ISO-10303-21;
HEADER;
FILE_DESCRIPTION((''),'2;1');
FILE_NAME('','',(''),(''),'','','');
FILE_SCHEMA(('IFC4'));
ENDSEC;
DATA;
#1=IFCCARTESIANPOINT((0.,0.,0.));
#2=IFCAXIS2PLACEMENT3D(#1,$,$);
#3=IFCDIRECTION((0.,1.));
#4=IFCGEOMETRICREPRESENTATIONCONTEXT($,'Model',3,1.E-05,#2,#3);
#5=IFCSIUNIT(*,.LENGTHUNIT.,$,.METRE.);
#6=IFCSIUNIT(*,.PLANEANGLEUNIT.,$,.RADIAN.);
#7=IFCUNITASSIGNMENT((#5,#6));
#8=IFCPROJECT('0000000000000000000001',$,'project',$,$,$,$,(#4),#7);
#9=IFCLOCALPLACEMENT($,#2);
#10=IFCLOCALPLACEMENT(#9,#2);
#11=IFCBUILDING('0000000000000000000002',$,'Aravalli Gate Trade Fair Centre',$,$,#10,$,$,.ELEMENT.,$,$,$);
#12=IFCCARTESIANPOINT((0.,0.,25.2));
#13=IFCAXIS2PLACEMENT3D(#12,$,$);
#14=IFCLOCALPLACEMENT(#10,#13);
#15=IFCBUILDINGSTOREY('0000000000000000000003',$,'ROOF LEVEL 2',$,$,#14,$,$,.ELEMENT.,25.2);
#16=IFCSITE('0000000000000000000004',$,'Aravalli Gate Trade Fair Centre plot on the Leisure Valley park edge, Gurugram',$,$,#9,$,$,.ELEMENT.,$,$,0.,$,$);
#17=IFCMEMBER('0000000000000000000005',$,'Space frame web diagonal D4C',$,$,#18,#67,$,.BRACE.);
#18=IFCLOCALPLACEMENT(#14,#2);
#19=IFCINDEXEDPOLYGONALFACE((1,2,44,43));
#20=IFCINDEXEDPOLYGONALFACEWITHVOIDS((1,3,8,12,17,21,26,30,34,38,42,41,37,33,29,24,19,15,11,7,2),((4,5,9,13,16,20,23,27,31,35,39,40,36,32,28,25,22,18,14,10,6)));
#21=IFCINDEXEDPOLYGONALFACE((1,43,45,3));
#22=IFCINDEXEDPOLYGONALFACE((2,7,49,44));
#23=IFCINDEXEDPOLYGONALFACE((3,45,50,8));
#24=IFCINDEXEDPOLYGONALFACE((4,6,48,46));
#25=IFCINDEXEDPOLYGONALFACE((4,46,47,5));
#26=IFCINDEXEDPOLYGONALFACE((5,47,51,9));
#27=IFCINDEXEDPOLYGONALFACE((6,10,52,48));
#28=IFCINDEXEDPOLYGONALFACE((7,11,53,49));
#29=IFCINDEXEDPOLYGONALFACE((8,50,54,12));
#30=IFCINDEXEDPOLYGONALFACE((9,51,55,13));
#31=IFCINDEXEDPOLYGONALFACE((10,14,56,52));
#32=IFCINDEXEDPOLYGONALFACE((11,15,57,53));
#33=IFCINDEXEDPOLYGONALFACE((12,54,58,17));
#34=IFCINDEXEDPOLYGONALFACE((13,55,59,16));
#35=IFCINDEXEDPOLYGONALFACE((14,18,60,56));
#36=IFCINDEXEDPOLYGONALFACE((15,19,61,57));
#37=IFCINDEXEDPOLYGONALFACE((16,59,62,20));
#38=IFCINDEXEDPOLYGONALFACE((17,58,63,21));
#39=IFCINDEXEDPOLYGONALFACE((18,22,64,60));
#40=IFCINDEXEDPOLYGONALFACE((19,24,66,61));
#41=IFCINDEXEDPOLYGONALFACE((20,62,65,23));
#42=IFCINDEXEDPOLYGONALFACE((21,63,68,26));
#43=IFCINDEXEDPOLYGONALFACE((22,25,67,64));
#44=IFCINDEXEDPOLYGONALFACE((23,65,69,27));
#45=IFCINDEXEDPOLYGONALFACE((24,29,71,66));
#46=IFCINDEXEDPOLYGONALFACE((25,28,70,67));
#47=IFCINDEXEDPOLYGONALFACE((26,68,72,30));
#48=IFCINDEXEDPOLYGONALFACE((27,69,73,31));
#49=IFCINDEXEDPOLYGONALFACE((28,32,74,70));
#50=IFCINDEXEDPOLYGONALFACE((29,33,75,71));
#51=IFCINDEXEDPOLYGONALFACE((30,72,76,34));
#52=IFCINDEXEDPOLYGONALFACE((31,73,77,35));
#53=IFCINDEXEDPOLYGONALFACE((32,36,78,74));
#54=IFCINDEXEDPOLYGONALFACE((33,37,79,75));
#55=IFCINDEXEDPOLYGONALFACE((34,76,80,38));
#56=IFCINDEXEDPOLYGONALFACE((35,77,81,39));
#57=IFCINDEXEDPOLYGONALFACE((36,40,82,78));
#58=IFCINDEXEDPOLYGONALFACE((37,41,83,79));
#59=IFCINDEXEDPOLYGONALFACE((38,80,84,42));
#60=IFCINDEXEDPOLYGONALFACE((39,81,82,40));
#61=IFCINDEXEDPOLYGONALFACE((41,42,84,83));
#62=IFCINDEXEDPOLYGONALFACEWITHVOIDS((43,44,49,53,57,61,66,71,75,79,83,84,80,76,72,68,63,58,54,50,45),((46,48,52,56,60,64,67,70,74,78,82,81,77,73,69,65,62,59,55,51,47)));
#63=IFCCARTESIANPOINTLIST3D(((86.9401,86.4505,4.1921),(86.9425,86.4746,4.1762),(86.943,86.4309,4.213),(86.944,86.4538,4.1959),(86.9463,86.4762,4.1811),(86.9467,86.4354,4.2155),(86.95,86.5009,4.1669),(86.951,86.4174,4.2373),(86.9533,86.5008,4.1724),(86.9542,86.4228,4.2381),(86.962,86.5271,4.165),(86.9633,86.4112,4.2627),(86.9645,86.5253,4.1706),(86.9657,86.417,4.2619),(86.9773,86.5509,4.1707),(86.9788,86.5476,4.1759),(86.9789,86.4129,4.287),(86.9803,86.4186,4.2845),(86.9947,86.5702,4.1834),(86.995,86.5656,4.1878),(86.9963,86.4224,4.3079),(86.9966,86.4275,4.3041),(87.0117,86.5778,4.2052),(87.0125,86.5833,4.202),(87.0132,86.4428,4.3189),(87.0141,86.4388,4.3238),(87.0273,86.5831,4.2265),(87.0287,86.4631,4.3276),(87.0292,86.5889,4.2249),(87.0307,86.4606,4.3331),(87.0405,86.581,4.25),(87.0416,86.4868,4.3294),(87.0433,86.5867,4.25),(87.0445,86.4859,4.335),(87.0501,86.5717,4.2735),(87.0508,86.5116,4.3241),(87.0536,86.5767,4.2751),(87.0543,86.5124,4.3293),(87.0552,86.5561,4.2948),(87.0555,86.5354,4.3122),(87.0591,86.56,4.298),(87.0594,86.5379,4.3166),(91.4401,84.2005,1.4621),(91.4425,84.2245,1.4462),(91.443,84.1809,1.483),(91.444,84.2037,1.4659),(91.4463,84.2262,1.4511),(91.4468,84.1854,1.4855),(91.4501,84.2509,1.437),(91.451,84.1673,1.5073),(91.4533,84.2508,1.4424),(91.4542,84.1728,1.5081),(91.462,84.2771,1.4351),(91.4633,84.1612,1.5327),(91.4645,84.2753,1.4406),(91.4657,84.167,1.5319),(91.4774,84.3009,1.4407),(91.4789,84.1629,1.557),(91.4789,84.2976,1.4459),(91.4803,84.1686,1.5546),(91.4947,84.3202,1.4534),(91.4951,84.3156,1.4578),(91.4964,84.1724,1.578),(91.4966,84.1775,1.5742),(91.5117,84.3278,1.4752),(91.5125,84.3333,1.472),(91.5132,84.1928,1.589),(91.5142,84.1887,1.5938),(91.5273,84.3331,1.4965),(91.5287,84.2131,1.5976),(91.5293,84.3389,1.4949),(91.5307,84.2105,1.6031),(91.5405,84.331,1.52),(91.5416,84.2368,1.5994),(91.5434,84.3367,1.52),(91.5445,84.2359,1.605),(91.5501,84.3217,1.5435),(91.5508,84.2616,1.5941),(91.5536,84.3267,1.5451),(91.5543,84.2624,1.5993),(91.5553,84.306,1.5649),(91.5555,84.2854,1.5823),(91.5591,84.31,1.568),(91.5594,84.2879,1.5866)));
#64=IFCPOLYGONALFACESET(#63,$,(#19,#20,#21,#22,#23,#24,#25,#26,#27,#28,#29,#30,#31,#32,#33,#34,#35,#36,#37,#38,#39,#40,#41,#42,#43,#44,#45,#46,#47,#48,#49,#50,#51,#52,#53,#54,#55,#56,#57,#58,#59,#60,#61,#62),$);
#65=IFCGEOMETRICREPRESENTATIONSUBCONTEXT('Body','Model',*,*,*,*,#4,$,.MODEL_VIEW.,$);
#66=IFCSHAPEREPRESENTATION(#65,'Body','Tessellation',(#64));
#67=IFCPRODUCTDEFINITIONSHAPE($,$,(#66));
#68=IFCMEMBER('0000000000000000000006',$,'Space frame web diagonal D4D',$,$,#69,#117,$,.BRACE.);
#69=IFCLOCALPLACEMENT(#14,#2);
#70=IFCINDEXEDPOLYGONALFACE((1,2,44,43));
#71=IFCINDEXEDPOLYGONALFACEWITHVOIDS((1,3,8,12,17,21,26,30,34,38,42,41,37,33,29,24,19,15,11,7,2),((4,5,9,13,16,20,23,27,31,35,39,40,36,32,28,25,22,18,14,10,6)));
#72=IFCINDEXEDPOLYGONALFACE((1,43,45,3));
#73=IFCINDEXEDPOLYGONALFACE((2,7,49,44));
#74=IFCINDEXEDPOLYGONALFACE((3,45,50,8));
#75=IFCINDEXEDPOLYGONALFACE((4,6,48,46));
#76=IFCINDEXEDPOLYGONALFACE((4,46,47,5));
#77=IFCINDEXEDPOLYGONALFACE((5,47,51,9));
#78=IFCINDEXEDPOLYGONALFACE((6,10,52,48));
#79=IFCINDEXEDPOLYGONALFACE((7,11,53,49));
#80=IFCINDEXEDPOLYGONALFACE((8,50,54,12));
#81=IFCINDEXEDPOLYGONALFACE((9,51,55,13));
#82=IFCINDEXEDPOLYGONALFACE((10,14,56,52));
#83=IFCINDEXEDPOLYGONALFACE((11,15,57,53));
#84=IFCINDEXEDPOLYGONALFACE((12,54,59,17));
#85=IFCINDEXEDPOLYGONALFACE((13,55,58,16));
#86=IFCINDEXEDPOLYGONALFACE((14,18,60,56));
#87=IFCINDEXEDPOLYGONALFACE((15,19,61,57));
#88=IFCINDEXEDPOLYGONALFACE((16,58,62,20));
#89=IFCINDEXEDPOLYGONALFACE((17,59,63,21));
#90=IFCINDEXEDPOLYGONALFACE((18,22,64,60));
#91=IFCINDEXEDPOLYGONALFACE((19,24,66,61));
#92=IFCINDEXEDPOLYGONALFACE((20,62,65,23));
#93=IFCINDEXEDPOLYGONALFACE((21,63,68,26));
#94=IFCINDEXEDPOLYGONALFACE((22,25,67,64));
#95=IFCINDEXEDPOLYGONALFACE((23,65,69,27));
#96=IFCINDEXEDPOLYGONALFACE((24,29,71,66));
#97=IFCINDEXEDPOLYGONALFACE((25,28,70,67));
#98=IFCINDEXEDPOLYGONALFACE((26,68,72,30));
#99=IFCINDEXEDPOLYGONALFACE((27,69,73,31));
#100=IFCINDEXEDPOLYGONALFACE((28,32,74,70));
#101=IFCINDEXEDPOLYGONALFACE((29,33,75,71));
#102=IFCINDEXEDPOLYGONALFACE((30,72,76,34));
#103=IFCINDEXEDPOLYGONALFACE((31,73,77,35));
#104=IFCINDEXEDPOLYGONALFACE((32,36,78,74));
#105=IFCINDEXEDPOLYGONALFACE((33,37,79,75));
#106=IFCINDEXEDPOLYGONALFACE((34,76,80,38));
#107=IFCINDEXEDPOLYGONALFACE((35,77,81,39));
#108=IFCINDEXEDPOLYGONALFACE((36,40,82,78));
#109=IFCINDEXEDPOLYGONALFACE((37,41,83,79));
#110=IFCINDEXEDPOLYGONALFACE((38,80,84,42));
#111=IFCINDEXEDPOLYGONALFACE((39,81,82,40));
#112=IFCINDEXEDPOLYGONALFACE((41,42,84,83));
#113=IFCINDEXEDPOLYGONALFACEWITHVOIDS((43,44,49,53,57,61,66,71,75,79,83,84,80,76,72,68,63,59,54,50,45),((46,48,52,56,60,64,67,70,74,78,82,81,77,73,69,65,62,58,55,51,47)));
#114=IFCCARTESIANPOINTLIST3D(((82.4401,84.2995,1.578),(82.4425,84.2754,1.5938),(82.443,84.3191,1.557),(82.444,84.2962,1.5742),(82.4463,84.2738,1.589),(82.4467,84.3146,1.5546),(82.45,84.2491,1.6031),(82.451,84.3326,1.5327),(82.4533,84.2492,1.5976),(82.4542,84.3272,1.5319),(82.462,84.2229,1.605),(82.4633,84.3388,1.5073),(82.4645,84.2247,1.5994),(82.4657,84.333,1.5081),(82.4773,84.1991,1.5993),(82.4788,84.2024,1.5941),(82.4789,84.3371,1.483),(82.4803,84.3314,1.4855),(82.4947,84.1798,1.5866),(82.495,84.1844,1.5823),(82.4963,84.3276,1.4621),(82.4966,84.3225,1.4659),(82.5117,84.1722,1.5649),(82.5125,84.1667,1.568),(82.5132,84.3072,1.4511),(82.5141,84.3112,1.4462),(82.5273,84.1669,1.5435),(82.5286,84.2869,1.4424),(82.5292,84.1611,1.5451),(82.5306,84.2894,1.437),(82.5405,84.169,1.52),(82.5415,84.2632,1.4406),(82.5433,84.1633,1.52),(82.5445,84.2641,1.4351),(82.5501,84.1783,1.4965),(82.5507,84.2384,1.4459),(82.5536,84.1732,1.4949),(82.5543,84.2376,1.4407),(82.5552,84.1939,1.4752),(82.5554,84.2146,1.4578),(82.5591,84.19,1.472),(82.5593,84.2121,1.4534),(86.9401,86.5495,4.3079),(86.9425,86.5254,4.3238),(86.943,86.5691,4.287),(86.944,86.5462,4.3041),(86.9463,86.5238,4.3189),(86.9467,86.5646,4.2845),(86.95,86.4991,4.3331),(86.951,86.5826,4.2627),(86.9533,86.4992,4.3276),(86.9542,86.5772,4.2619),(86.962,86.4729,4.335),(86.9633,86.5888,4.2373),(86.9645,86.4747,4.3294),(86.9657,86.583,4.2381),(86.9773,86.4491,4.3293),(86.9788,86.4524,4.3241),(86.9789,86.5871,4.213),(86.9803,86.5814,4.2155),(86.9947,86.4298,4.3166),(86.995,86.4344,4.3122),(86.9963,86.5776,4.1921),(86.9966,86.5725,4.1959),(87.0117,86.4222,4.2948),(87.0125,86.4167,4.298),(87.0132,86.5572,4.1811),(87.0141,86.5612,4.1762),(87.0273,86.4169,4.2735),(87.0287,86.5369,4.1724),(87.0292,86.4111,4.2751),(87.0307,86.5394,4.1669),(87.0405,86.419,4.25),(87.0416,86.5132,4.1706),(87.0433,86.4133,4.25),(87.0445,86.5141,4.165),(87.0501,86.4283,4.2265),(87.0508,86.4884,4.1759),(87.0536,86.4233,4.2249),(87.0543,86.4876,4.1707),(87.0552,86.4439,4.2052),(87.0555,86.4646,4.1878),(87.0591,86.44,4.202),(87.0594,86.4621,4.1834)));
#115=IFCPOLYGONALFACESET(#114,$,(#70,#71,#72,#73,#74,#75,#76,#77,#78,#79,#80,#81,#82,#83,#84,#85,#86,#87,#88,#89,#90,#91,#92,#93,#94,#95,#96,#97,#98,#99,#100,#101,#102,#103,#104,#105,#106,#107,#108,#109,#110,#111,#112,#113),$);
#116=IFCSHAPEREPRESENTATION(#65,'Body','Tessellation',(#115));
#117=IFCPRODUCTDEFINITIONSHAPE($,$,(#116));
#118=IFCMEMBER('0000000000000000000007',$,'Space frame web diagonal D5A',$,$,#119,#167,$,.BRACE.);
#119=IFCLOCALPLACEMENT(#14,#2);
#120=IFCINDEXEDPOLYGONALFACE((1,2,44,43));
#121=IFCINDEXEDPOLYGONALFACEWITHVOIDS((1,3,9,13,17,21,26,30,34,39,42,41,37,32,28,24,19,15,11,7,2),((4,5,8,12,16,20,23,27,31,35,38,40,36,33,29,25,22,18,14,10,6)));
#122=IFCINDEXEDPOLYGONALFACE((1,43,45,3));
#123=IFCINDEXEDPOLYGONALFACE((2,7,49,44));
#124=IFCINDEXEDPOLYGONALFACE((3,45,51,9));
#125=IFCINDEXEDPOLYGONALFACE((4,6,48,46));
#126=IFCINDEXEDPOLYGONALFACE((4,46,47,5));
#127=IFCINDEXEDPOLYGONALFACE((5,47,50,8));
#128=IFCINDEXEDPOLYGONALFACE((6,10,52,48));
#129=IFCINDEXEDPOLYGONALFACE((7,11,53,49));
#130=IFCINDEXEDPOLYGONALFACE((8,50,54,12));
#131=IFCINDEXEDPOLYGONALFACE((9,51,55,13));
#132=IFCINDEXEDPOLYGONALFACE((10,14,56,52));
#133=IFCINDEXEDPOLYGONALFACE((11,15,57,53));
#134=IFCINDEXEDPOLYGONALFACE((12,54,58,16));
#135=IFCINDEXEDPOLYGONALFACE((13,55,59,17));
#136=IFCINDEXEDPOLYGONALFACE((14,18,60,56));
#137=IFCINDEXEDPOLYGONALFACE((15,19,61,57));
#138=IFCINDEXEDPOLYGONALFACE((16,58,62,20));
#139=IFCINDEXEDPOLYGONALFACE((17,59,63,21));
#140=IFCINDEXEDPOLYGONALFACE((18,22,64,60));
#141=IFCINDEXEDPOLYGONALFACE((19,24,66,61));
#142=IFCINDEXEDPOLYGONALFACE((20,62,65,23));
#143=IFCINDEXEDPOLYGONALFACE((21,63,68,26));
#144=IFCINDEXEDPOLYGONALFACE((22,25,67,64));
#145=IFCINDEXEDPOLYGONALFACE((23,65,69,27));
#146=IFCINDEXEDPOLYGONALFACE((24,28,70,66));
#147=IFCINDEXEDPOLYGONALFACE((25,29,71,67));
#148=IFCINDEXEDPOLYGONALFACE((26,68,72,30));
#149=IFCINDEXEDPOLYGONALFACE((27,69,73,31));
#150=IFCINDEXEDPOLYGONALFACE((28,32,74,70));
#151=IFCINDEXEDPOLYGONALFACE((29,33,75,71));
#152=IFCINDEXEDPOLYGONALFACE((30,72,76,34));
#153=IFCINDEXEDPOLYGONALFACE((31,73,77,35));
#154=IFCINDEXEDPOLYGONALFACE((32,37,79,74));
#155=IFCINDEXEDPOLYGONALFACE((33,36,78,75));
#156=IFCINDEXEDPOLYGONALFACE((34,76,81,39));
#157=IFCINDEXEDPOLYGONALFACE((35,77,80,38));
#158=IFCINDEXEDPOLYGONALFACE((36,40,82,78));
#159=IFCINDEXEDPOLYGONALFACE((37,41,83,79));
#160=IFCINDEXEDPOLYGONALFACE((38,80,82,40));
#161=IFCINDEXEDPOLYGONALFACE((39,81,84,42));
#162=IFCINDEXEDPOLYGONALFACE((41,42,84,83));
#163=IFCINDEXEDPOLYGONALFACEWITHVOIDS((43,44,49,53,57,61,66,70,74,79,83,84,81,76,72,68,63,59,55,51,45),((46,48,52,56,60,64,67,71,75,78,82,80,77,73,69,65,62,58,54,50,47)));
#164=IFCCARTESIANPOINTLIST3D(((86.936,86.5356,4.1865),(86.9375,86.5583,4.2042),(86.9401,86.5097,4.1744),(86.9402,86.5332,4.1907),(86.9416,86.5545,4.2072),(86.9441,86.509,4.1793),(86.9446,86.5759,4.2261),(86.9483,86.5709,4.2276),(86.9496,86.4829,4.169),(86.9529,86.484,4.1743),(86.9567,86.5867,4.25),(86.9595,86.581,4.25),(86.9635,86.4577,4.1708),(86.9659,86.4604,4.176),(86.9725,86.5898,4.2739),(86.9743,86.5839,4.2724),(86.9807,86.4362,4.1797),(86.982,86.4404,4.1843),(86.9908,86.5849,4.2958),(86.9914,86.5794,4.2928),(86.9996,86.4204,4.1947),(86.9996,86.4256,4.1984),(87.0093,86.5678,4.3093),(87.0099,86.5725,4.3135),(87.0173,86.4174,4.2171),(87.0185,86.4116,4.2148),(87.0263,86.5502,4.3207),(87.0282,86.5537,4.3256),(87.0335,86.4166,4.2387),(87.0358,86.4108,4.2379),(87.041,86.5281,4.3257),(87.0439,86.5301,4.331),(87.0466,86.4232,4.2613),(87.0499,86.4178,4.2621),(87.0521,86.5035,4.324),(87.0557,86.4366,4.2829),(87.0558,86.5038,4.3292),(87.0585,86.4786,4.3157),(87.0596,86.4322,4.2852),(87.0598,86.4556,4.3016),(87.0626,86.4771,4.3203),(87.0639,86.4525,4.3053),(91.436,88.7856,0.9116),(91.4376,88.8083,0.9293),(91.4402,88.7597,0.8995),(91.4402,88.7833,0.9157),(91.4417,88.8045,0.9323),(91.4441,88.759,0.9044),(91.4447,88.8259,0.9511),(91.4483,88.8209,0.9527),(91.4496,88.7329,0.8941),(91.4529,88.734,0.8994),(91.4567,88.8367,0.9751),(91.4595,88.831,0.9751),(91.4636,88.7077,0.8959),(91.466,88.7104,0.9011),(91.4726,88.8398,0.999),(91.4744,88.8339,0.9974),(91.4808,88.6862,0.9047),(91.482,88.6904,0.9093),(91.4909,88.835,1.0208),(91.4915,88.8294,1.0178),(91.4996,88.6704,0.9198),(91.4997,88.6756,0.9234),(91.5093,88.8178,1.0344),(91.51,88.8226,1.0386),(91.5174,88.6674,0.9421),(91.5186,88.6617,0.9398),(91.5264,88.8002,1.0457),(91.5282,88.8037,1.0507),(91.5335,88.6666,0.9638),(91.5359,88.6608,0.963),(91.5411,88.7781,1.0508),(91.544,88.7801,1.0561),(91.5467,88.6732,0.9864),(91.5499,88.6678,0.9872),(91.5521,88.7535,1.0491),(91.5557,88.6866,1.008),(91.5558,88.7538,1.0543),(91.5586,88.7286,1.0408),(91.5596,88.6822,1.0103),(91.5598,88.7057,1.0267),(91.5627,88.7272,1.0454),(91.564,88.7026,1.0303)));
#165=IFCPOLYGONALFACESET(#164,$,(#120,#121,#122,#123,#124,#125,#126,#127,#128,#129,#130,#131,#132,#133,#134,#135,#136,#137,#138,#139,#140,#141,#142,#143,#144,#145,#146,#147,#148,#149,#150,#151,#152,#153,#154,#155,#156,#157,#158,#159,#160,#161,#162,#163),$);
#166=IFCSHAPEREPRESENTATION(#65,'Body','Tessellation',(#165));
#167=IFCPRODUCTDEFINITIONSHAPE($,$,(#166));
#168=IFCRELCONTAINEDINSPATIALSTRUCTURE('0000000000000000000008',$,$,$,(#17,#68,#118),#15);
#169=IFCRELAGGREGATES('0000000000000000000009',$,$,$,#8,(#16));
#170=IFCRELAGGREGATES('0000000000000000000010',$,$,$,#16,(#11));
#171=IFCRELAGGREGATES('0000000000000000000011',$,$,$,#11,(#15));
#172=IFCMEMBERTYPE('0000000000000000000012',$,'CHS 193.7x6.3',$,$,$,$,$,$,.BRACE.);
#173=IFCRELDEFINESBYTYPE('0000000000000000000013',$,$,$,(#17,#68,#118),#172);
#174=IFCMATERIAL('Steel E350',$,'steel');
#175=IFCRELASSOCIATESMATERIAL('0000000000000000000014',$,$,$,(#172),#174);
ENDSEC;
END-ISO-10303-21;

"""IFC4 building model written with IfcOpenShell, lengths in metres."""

from ifc_helpers import new_model, si_unit, direction, frame, origin, origin_2d, place, context, subcontext, project, spatial, hollow_circle, extrude, material, material_profile, profile_set, type_object, element, save


model = new_model("IFC4")

# Units and contexts
model_context = context("Model", 3, precision=1e-05, world=origin(), true_north=direction((0.0, 1.0)))
body_context = subcontext(model_context, "Body", "Model", "MODEL_VIEW")
ifc_project = project(units=[si_unit("LENGTHUNIT", "METRE"), si_unit("PLANEANGLEUNIT", "RADIAN")], contexts=[model_context])

# Site, building, storey
site_placement = place(None, origin())
site = spatial("IfcSite", under=ifc_project, at=site_placement, Name="Aravalli Gate Trade Fair Centre plot on the Leisure Valley park edge, Gurugram", CompositionType="ELEMENT", RefElevation=0.0)
building_placement = place(site_placement, origin())
building = spatial("IfcBuilding", under=site, at=building_placement, Name="Aravalli Gate Trade Fair Centre", CompositionType="ELEMENT")
storey_placement = place(building_placement, frame((0.0, 0.0, 25.2)))
storey = spatial("IfcBuildingStorey", under=building, at=storey_placement, Name="ROOF LEVEL 2", CompositionType="ELEMENT", Elevation=25.2)

# Members
ifc_material_1 = material(Name="Steel E350", Category="steel")
ifc_material_profile_1 = material_profile(ifc_material_1, hollow_circle(Radius=0.0969, WallThickness=0.0063, at=origin_2d()), Name="CHS 193.7x6.3")
ifc_profile_set_1 = profile_set([ifc_material_profile_1], Name="Steel E350")
member_type_1 = type_object("IfcMemberType", Name="CHS 193.7x6.3", PredefinedType="BRACE", material=ifc_profile_set_1)
for number, where, z_axis, x_axis, name in (
    (1, (87.0, 86.5, 4.25), (0.78615, -0.393075, -0.476928), (0.447214, 0.894427, 0.0), "Space frame web diagonal D4C"),
    (2, (87.0, 86.5, 4.25), (-0.78615, -0.393075, -0.476928), (0.447214, -0.894427, 0.0), "Space frame web diagonal D4D"),
):
    element("IfcMember", number, at=place(storey_placement, frame(where, z_axis=z_axis, x_axis=x_axis)), inside=storey, type_object=member_type_1, Name=name, PredefinedType="BRACE", context=body_context, shape_type="SweptSolid", body=[
        extrude(hollow_circle(Radius=0.0969, WallThickness=0.0063, at=origin_2d()), origin(), (0.0, 0.0, 1.0), 5.7241),
    ])
for number, where, z_axis, x_axis, name in (
    (3, (87.0, 86.5, 4.25), (0.74961, 0.374805, -0.545533), (-0.447214, 0.894427, 0.0), "Space frame web diagonal D5A"),
):
    element("IfcMember", number, at=place(storey_placement, frame(where, z_axis=z_axis, x_axis=x_axis)), inside=storey, type_object=member_type_1, Name=name, PredefinedType="BRACE", context=body_context, shape_type="SweptSolid", body=[
        extrude(hollow_circle(Radius=0.0969, WallThickness=0.0063, at=origin_2d()), origin(), (0.0, 0.0, 1.0), 6.0032),
    ])

save(model, "model.ifc")
